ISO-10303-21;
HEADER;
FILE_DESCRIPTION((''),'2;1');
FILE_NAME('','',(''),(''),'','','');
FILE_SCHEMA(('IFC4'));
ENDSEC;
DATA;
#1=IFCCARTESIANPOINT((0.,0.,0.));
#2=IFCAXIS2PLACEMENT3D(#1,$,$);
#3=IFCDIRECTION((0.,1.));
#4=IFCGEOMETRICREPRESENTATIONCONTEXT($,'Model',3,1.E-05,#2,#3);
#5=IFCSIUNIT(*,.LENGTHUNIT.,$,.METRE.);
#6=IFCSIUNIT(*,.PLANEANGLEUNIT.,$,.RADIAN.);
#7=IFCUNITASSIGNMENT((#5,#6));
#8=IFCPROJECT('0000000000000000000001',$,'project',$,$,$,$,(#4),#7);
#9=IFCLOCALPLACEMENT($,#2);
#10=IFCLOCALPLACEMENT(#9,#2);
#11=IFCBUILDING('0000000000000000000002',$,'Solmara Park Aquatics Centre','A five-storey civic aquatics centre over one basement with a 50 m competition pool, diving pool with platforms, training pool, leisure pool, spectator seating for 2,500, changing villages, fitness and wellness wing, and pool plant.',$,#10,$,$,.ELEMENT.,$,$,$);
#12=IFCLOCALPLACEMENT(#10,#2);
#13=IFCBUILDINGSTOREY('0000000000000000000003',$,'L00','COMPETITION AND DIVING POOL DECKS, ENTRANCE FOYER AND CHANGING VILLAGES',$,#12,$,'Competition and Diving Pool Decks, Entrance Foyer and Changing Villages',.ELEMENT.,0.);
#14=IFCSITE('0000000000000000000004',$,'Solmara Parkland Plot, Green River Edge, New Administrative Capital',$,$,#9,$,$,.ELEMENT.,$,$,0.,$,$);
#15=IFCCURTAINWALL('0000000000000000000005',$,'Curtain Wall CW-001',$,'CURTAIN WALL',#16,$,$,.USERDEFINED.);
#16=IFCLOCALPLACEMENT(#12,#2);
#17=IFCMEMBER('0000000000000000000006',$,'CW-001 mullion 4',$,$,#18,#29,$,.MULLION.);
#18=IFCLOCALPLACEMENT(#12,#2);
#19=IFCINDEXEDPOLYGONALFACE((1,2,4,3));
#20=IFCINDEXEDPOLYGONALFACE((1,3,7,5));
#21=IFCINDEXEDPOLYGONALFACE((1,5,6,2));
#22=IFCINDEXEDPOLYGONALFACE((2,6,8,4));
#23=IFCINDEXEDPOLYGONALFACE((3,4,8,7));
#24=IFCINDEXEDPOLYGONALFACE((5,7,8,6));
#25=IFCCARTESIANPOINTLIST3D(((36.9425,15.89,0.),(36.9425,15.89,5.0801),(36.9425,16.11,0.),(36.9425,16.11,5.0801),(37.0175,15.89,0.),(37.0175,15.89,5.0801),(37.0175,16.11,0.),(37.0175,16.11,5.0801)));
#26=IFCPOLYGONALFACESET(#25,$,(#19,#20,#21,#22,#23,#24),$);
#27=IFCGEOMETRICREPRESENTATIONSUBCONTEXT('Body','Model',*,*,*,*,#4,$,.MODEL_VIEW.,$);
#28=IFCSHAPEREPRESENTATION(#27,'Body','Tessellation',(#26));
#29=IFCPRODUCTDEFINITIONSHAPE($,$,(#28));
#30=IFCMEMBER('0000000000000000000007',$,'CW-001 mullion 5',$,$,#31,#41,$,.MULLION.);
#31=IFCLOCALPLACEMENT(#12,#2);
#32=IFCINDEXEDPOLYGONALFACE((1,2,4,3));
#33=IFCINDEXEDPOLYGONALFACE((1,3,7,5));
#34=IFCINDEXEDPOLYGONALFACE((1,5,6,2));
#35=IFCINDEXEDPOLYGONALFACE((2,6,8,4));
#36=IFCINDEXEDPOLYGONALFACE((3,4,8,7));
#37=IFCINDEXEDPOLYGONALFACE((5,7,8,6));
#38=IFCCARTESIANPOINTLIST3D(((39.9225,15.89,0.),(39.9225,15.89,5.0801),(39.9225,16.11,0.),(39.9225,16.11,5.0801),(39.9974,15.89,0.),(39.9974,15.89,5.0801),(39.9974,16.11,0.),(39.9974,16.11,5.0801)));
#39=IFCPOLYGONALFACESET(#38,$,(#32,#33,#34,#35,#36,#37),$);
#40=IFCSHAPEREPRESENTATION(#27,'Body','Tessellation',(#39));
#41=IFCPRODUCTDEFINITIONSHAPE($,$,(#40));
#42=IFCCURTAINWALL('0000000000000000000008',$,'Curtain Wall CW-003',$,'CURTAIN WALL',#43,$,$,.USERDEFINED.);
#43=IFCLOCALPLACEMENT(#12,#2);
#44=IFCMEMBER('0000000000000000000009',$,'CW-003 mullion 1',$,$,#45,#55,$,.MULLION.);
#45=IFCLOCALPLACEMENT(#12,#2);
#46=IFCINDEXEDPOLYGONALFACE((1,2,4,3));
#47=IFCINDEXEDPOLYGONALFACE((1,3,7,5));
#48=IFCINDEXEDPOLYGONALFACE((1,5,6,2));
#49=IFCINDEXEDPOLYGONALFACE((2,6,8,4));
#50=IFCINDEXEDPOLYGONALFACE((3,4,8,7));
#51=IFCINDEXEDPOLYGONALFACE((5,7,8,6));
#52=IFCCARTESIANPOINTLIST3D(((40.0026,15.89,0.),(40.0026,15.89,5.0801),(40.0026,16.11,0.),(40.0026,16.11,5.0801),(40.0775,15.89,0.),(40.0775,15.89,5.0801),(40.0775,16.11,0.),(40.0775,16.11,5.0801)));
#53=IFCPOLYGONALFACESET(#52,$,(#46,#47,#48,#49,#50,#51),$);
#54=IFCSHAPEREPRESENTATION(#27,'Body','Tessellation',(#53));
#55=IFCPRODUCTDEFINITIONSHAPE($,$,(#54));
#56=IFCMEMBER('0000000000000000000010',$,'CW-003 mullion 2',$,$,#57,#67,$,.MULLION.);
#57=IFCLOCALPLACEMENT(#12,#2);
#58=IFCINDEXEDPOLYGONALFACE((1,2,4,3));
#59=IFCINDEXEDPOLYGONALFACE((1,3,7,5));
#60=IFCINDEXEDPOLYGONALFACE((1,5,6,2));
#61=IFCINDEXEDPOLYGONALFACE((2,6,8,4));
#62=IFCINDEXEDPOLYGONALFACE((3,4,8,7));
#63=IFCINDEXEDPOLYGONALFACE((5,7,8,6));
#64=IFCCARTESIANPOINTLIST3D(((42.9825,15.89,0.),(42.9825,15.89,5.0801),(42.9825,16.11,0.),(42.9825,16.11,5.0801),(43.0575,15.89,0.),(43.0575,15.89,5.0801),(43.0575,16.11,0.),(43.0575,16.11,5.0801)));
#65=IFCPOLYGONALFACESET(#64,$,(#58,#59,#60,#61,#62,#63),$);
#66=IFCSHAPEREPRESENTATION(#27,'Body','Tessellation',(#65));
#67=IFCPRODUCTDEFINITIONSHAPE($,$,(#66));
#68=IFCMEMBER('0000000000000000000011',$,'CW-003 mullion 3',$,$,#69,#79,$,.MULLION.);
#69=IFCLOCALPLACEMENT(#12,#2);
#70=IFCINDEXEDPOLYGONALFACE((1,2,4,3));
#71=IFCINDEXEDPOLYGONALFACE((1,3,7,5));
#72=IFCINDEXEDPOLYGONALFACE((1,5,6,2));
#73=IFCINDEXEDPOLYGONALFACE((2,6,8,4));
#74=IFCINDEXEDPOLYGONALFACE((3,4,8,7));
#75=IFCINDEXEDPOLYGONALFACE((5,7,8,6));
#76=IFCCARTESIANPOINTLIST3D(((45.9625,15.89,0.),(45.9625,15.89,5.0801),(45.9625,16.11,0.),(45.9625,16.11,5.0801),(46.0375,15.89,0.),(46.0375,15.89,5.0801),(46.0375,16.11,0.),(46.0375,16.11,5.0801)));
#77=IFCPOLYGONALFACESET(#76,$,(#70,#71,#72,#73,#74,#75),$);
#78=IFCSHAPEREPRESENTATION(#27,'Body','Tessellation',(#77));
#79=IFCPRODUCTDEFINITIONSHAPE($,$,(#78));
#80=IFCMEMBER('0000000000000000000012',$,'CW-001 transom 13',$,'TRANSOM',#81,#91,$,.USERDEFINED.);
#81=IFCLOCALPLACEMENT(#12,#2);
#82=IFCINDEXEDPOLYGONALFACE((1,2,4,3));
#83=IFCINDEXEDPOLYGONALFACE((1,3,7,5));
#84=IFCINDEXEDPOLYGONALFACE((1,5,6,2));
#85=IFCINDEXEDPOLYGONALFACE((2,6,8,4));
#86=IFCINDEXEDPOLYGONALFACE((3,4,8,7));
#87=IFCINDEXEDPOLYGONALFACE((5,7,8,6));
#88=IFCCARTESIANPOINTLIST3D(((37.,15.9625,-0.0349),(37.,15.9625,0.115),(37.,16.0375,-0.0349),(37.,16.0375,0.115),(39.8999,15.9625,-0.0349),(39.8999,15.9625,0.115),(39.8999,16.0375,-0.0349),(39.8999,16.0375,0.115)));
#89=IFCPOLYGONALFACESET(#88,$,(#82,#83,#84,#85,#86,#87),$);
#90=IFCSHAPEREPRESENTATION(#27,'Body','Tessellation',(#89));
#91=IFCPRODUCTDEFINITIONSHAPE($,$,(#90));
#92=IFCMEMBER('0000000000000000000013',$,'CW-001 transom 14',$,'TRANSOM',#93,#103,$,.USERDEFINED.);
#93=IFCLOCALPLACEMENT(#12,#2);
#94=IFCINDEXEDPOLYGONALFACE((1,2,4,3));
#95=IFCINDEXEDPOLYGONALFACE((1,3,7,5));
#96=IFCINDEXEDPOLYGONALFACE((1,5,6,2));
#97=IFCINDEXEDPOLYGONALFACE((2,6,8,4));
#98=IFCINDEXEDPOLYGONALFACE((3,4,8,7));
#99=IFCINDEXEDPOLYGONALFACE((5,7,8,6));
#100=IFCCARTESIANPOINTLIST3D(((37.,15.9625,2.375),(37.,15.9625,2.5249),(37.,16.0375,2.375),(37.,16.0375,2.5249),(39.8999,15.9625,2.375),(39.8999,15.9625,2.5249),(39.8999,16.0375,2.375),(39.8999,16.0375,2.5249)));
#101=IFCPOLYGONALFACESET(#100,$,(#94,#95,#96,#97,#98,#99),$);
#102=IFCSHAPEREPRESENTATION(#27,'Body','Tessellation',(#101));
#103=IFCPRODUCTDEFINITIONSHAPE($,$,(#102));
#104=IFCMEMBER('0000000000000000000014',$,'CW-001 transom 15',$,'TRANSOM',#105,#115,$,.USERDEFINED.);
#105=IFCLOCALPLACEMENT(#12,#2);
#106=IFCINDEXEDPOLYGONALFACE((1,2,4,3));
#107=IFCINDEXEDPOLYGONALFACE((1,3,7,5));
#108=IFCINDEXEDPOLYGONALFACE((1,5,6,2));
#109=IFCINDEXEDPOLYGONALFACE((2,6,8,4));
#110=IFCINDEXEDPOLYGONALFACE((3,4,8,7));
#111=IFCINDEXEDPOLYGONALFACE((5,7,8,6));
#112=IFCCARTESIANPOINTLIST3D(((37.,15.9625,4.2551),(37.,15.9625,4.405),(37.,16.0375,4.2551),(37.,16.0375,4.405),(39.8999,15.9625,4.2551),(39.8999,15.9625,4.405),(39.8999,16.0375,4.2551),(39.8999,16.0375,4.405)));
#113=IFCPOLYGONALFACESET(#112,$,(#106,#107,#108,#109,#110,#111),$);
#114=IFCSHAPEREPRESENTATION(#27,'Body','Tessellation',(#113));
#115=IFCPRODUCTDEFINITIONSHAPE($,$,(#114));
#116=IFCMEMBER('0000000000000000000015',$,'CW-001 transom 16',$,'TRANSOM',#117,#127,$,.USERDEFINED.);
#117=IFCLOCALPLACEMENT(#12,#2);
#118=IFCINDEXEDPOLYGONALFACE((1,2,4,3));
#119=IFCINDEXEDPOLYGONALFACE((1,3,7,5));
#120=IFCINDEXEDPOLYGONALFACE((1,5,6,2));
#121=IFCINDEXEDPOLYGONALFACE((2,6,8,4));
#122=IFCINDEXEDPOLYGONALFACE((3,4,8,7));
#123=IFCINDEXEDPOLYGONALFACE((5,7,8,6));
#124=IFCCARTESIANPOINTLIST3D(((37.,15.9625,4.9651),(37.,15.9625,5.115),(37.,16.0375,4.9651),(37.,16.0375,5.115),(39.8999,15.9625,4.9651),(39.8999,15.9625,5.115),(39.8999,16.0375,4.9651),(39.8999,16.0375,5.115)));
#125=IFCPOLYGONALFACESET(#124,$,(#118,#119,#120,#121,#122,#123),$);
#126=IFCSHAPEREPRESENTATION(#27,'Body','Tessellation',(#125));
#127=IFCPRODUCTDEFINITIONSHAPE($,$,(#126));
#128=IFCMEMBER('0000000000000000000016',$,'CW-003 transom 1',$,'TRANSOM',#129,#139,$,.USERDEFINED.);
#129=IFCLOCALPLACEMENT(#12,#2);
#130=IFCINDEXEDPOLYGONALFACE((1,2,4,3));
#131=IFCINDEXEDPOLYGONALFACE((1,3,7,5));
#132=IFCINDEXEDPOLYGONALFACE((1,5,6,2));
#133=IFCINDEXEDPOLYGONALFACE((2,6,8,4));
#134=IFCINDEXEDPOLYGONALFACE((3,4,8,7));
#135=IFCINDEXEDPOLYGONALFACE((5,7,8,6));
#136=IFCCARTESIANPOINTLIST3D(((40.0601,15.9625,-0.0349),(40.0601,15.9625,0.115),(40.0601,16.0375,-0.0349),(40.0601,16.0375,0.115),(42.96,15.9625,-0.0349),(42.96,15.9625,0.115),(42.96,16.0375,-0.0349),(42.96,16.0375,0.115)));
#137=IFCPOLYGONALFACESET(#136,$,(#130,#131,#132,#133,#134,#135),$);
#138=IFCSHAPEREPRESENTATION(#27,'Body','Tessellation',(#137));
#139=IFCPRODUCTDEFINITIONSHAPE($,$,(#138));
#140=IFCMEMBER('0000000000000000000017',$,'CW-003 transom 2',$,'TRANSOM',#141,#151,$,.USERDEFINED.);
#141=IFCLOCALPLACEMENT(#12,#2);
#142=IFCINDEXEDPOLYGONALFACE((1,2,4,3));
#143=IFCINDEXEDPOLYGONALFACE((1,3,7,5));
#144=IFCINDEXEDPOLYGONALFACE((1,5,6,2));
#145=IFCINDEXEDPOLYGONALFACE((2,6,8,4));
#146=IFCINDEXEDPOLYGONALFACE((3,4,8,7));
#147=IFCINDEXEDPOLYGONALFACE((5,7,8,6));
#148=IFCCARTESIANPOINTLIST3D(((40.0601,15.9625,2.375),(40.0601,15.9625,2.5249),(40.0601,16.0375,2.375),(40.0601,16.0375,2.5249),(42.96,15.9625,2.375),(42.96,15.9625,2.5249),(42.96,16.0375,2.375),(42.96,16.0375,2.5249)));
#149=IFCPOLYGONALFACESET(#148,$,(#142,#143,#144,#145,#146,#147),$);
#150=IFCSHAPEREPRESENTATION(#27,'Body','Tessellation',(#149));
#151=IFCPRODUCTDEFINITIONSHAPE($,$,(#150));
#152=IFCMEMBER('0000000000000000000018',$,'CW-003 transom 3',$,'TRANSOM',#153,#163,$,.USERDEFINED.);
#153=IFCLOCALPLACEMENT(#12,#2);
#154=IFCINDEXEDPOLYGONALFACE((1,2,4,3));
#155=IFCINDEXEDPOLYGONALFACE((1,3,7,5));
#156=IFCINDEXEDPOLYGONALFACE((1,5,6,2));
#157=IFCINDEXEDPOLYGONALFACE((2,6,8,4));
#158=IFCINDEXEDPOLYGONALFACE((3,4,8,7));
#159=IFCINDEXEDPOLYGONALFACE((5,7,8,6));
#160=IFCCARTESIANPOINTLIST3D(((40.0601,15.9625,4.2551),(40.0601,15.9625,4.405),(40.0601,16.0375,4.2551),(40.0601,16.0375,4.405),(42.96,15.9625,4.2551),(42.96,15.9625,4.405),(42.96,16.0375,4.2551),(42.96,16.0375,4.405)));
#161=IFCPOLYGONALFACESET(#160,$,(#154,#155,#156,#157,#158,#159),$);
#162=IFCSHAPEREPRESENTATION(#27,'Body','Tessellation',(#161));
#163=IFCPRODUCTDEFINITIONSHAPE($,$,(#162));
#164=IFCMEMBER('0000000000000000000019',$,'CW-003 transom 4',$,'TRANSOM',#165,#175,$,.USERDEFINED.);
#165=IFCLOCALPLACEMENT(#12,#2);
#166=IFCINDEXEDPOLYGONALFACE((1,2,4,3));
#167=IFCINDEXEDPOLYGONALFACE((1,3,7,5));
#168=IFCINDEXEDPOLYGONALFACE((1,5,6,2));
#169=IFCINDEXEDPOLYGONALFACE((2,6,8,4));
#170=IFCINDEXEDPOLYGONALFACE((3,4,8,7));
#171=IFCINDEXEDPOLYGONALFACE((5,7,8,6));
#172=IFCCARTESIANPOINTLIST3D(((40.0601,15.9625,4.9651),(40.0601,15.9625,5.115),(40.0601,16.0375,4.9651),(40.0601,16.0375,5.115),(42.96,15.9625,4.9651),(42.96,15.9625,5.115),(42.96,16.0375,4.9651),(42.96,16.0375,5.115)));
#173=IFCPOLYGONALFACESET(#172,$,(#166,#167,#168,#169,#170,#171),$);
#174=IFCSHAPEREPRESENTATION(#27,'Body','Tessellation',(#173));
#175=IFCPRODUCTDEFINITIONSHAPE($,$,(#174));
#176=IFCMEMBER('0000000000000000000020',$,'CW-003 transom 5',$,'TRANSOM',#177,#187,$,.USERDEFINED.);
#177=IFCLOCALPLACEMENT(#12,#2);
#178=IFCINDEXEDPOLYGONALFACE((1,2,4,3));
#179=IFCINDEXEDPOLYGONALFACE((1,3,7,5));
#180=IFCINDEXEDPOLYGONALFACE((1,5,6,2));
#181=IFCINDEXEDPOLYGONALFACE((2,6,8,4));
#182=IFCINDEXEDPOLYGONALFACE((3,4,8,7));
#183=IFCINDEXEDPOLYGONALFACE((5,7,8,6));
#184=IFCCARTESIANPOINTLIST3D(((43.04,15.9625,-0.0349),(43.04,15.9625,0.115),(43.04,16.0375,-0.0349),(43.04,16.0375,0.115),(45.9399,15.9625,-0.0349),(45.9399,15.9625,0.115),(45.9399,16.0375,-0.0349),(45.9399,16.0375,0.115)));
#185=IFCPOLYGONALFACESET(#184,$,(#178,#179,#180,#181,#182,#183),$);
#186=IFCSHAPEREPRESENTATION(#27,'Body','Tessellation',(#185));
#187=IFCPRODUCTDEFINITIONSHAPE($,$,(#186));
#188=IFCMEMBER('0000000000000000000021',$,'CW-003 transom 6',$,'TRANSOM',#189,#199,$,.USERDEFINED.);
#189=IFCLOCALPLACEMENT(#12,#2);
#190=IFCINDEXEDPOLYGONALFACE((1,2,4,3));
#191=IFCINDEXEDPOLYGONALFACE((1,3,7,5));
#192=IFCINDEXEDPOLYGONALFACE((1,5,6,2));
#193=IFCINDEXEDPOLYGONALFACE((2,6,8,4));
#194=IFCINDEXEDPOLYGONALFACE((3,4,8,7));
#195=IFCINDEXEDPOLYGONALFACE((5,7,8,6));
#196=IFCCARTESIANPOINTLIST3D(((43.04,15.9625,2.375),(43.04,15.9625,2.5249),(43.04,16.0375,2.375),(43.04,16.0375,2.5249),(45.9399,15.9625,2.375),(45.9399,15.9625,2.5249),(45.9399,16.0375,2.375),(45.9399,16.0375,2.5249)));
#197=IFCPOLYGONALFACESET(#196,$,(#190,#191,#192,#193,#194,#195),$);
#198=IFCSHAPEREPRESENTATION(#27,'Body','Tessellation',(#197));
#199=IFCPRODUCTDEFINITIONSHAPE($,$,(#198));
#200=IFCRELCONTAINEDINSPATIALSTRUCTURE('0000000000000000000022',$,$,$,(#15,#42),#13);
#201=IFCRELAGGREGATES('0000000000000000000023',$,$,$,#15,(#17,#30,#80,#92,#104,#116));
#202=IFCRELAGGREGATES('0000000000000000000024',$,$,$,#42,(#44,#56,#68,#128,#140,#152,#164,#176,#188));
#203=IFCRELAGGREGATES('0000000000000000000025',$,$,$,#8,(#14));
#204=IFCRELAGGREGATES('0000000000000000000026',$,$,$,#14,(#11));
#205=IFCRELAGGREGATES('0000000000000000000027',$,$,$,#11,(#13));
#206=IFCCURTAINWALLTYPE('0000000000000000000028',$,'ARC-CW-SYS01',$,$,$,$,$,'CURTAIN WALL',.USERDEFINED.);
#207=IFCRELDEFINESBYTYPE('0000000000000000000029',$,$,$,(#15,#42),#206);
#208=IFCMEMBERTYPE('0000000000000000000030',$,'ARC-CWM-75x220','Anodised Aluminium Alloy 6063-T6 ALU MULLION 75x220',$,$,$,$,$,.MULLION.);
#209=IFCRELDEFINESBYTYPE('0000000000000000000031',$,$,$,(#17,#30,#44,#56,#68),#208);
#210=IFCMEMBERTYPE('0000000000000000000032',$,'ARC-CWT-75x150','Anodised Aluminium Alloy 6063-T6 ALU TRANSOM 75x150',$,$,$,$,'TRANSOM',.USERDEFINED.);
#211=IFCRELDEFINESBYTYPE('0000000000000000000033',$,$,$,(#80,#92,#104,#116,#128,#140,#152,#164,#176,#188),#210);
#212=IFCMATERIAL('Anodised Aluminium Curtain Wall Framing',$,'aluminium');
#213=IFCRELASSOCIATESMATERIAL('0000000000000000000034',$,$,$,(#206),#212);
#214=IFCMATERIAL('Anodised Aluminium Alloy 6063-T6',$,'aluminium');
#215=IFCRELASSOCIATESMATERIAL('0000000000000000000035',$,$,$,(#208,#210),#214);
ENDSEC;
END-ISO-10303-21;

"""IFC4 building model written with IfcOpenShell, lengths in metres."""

from ifc_helpers import new_model, si_unit, direction, frame, origin, origin_2d, place, context, subcontext, project, spatial, rectangle, extrude, material, material_profile, profile_set, type_object, element, aggregate, save


model = new_model("IFC4")

# Units and contexts
model_context = context("Model", 3, precision=1e-05, world=origin(), true_north=direction((0.0, 1.0)))
body_context = subcontext(model_context, "Body", "Model", "MODEL_VIEW")
ifc_project = project(units=[si_unit("LENGTHUNIT", "METRE"), si_unit("PLANEANGLEUNIT", "RADIAN")], contexts=[model_context])

# Site, building, storey
site_placement = place(None, origin())
site = spatial("IfcSite", under=ifc_project, at=site_placement, Name="Solmara Parkland Plot, Green River Edge, New Administrative Capital", CompositionType="ELEMENT", RefElevation=0.0)
building_placement = place(site_placement, origin())
building = spatial("IfcBuilding", under=site, at=building_placement, Name="Solmara Park Aquatics Centre", Description="A five-storey civic aquatics centre over one basement with a 50 m competition pool, diving pool with platforms, training pool, leisure pool, spectator seating for 2,500, changing villages, fitness and wellness wing, and pool plant.", CompositionType="ELEMENT")
storey_placement = place(building_placement, origin())
storey = spatial("IfcBuildingStorey", under=building, at=storey_placement, Name="L00", Description="COMPETITION AND DIVING POOL DECKS, ENTRANCE FOYER AND CHANGING VILLAGES", LongName="Competition and Diving Pool Decks, Entrance Foyer and Changing Villages", CompositionType="ELEMENT", Elevation=0.0)

# Curtain walls, members
ifc_material_1 = material(Name="Anodised Aluminium Curtain Wall Framing", Category="aluminium")
curtain_wall_type = type_object("IfcCurtainWallType", Name="ARC-CW-SYS01", ElementType="CURTAIN WALL", PredefinedType="USERDEFINED", material=ifc_material_1)
curtain_wall_1_placement = place(storey_placement, origin())
curtain_wall_1 = element("IfcCurtainWall", 1, at=curtain_wall_1_placement, inside=storey, type_object=curtain_wall_type, Name="Curtain Wall CW-001", ObjectType="CURTAIN WALL", PredefinedType="USERDEFINED")
ifc_material_2 = material(Name="Anodised Aluminium Alloy 6063-T6", Category="aluminium")
ifc_material_profile_1 = material_profile(ifc_material_2, rectangle(XDim=0.075, YDim=0.22, at=origin_2d()), Name="ALU MULLION 75x220")
ifc_profile_set_1 = profile_set([ifc_material_profile_1], Name="Anodised Aluminium Alloy 6063-T6")
member_type_1 = type_object("IfcMemberType", Name="ARC-CWM-75x220", Description="Anodised Aluminium Alloy 6063-T6 ALU MULLION 75x220", PredefinedType="MULLION", material=ifc_profile_set_1)
member_1_placement = place(storey_placement, frame((36.98, 16.0, 0.0), z_axis=(0.0, 0.0, 1.0), x_axis=(1.0, 0.0, 0.0)))
member_1 = element("IfcMember", 2, at=member_1_placement, type_object=member_type_1, Name="CW-001 mullion 4", PredefinedType="MULLION", context=body_context, shape_type="SweptSolid", body=[
    extrude(rectangle(XDim=0.075, YDim=0.22, at=origin_2d()), origin(), (0.0, 0.0, 1.0), 5.0801),
])
member_2_placement = place(storey_placement, frame((39.96, 16.0, 0.0), z_axis=(0.0, 0.0, 1.0), x_axis=(1.0, 0.0, 0.0)))
member_2 = element("IfcMember", 3, at=member_2_placement, type_object=member_type_1, Name="CW-001 mullion 5", PredefinedType="MULLION", context=body_context, shape_type="SweptSolid", body=[
    extrude(rectangle(XDim=0.075, YDim=0.22, at=origin_2d()), origin(), (0.0, 0.0, 1.0), 5.0801),
])
curtain_wall_2_placement = place(storey_placement, origin())
curtain_wall_2 = element("IfcCurtainWall", 4, at=curtain_wall_2_placement, inside=storey, type_object=curtain_wall_type, Name="Curtain Wall CW-003", ObjectType="CURTAIN WALL", PredefinedType="USERDEFINED")
member_3_placement = place(storey_placement, frame((40.04, 16.0, 0.0), z_axis=(0.0, 0.0, 1.0), x_axis=(1.0, 0.0, 0.0)))
member_3 = element("IfcMember", 5, at=member_3_placement, type_object=member_type_1, Name="CW-003 mullion 1", PredefinedType="MULLION", context=body_context, shape_type="SweptSolid", body=[
    extrude(rectangle(XDim=0.075, YDim=0.22, at=origin_2d()), origin(), (0.0, 0.0, 1.0), 5.0801),
])
member_4_placement = place(storey_placement, frame((43.02, 16.0, 0.0), z_axis=(0.0, 0.0, 1.0), x_axis=(1.0, 0.0, 0.0)))
member_4 = element("IfcMember", 6, at=member_4_placement, type_object=member_type_1, Name="CW-003 mullion 2", PredefinedType="MULLION", context=body_context, shape_type="SweptSolid", body=[
    extrude(rectangle(XDim=0.075, YDim=0.22, at=origin_2d()), origin(), (0.0, 0.0, 1.0), 5.0801),
])
member_5_placement = place(storey_placement, frame((46.0, 16.0, 0.0), z_axis=(0.0, 0.0, 1.0), x_axis=(1.0, 0.0, 0.0)))
member_5 = element("IfcMember", 7, at=member_5_placement, type_object=member_type_1, Name="CW-003 mullion 3", PredefinedType="MULLION", context=body_context, shape_type="SweptSolid", body=[
    extrude(rectangle(XDim=0.075, YDim=0.22, at=origin_2d()), origin(), (0.0, 0.0, 1.0), 5.0801),
])

# Members
ifc_material_profile_2 = material_profile(ifc_material_2, rectangle(XDim=0.075, YDim=0.1499, at=origin_2d()), Name="ALU TRANSOM 75x150")
ifc_profile_set_2 = profile_set([ifc_material_profile_2], Name="Anodised Aluminium Alloy 6063-T6")
member_type_2 = type_object("IfcMemberType", Name="ARC-CWT-75x150", Description="Anodised Aluminium Alloy 6063-T6 ALU TRANSOM 75x150", ElementType="TRANSOM", PredefinedType="USERDEFINED", material=ifc_profile_set_2)
member_6_placement = place(storey_placement, frame((37.0, 16.0, 0.04), z_axis=(1.0, 0.0, 0.0), x_axis=(0.0, 1.0, 0.0)))
member_6 = element("IfcMember", 8, at=member_6_placement, type_object=member_type_2, Name="CW-001 transom 13", ObjectType="TRANSOM", PredefinedType="USERDEFINED", context=body_context, shape_type="SweptSolid", body=[
    extrude(rectangle(XDim=0.075, YDim=0.1499, at=origin_2d()), origin(), (0.0, 0.0, 1.0), 2.8999),
])
member_7_placement = place(storey_placement, frame((37.0, 16.0, 2.45), z_axis=(1.0, 0.0, 0.0), x_axis=(0.0, 1.0, 0.0)))
member_7 = element("IfcMember", 9, at=member_7_placement, type_object=member_type_2, Name="CW-001 transom 14", ObjectType="TRANSOM", PredefinedType="USERDEFINED", context=body_context, shape_type="SweptSolid", body=[
    extrude(rectangle(XDim=0.075, YDim=0.1499, at=origin_2d()), origin(), (0.0, 0.0, 1.0), 2.8999),
])
member_8_placement = place(storey_placement, frame((37.0, 16.0, 4.3301), z_axis=(1.0, 0.0, 0.0), x_axis=(0.0, 1.0, 0.0)))
member_8 = element("IfcMember", 10, at=member_8_placement, type_object=member_type_2, Name="CW-001 transom 15", ObjectType="TRANSOM", PredefinedType="USERDEFINED", context=body_context, shape_type="SweptSolid", body=[
    extrude(rectangle(XDim=0.075, YDim=0.1499, at=origin_2d()), origin(), (0.0, 0.0, 1.0), 2.8999),
])
member_9_placement = place(storey_placement, frame((37.0, 16.0, 5.04), z_axis=(1.0, 0.0, 0.0), x_axis=(0.0, 1.0, 0.0)))
member_9 = element("IfcMember", 11, at=member_9_placement, type_object=member_type_2, Name="CW-001 transom 16", ObjectType="TRANSOM", PredefinedType="USERDEFINED", context=body_context, shape_type="SweptSolid", body=[
    extrude(rectangle(XDim=0.075, YDim=0.1499, at=origin_2d()), origin(), (0.0, 0.0, 1.0), 2.8999),
])
member_10_placement = place(storey_placement, frame((40.0601, 16.0, 0.04), z_axis=(1.0, 0.0, 0.0), x_axis=(0.0, 1.0, 0.0)))
member_10 = element("IfcMember", 12, at=member_10_placement, type_object=member_type_2, Name="CW-003 transom 1", ObjectType="TRANSOM", PredefinedType="USERDEFINED", context=body_context, shape_type="SweptSolid", body=[
    extrude(rectangle(XDim=0.075, YDim=0.1499, at=origin_2d()), origin(), (0.0, 0.0, 1.0), 2.8999),
])
member_11_placement = place(storey_placement, frame((40.0601, 16.0, 2.45), z_axis=(1.0, 0.0, 0.0), x_axis=(0.0, 1.0, 0.0)))
member_11 = element("IfcMember", 13, at=member_11_placement, type_object=member_type_2, Name="CW-003 transom 2", ObjectType="TRANSOM", PredefinedType="USERDEFINED", context=body_context, shape_type="SweptSolid", body=[
    extrude(rectangle(XDim=0.075, YDim=0.1499, at=origin_2d()), origin(), (0.0, 0.0, 1.0), 2.8999),
])
member_12_placement = place(storey_placement, frame((40.0601, 16.0, 4.3301), z_axis=(1.0, 0.0, 0.0), x_axis=(0.0, 1.0, 0.0)))
member_12 = element("IfcMember", 14, at=member_12_placement, type_object=member_type_2, Name="CW-003 transom 3", ObjectType="TRANSOM", PredefinedType="USERDEFINED", context=body_context, shape_type="SweptSolid", body=[
    extrude(rectangle(XDim=0.075, YDim=0.1499, at=origin_2d()), origin(), (0.0, 0.0, 1.0), 2.8999),
])
member_13_placement = place(storey_placement, frame((40.0601, 16.0, 5.04), z_axis=(1.0, 0.0, 0.0), x_axis=(0.0, 1.0, 0.0)))
member_13 = element("IfcMember", 15, at=member_13_placement, type_object=member_type_2, Name="CW-003 transom 4", ObjectType="TRANSOM", PredefinedType="USERDEFINED", context=body_context, shape_type="SweptSolid", body=[
    extrude(rectangle(XDim=0.075, YDim=0.1499, at=origin_2d()), origin(), (0.0, 0.0, 1.0), 2.8999),
])
member_14_placement = place(storey_placement, frame((43.04, 16.0, 0.04), z_axis=(1.0, 0.0, 0.0), x_axis=(0.0, 1.0, 0.0)))
member_14 = element("IfcMember", 16, at=member_14_placement, type_object=member_type_2, Name="CW-003 transom 5", ObjectType="TRANSOM", PredefinedType="USERDEFINED", context=body_context, shape_type="SweptSolid", body=[
    extrude(rectangle(XDim=0.075, YDim=0.1499, at=origin_2d()), origin(), (0.0, 0.0, 1.0), 2.8999),
])
member_15_placement = place(storey_placement, frame((43.04, 16.0, 2.45), z_axis=(1.0, 0.0, 0.0), x_axis=(0.0, 1.0, 0.0)))
member_15 = element("IfcMember", 17, at=member_15_placement, type_object=member_type_2, Name="CW-003 transom 6", ObjectType="TRANSOM", PredefinedType="USERDEFINED", context=body_context, shape_type="SweptSolid", body=[
    extrude(rectangle(XDim=0.075, YDim=0.1499, at=origin_2d()), origin(), (0.0, 0.0, 1.0), 2.8999),
])

aggregate(curtain_wall_1, [member_1, member_2, member_6, member_7, member_8, member_9])
aggregate(curtain_wall_2, [member_3, member_4, member_5, member_10, member_11, member_12, member_13, member_14, member_15])

save(model, "model.ifc")
